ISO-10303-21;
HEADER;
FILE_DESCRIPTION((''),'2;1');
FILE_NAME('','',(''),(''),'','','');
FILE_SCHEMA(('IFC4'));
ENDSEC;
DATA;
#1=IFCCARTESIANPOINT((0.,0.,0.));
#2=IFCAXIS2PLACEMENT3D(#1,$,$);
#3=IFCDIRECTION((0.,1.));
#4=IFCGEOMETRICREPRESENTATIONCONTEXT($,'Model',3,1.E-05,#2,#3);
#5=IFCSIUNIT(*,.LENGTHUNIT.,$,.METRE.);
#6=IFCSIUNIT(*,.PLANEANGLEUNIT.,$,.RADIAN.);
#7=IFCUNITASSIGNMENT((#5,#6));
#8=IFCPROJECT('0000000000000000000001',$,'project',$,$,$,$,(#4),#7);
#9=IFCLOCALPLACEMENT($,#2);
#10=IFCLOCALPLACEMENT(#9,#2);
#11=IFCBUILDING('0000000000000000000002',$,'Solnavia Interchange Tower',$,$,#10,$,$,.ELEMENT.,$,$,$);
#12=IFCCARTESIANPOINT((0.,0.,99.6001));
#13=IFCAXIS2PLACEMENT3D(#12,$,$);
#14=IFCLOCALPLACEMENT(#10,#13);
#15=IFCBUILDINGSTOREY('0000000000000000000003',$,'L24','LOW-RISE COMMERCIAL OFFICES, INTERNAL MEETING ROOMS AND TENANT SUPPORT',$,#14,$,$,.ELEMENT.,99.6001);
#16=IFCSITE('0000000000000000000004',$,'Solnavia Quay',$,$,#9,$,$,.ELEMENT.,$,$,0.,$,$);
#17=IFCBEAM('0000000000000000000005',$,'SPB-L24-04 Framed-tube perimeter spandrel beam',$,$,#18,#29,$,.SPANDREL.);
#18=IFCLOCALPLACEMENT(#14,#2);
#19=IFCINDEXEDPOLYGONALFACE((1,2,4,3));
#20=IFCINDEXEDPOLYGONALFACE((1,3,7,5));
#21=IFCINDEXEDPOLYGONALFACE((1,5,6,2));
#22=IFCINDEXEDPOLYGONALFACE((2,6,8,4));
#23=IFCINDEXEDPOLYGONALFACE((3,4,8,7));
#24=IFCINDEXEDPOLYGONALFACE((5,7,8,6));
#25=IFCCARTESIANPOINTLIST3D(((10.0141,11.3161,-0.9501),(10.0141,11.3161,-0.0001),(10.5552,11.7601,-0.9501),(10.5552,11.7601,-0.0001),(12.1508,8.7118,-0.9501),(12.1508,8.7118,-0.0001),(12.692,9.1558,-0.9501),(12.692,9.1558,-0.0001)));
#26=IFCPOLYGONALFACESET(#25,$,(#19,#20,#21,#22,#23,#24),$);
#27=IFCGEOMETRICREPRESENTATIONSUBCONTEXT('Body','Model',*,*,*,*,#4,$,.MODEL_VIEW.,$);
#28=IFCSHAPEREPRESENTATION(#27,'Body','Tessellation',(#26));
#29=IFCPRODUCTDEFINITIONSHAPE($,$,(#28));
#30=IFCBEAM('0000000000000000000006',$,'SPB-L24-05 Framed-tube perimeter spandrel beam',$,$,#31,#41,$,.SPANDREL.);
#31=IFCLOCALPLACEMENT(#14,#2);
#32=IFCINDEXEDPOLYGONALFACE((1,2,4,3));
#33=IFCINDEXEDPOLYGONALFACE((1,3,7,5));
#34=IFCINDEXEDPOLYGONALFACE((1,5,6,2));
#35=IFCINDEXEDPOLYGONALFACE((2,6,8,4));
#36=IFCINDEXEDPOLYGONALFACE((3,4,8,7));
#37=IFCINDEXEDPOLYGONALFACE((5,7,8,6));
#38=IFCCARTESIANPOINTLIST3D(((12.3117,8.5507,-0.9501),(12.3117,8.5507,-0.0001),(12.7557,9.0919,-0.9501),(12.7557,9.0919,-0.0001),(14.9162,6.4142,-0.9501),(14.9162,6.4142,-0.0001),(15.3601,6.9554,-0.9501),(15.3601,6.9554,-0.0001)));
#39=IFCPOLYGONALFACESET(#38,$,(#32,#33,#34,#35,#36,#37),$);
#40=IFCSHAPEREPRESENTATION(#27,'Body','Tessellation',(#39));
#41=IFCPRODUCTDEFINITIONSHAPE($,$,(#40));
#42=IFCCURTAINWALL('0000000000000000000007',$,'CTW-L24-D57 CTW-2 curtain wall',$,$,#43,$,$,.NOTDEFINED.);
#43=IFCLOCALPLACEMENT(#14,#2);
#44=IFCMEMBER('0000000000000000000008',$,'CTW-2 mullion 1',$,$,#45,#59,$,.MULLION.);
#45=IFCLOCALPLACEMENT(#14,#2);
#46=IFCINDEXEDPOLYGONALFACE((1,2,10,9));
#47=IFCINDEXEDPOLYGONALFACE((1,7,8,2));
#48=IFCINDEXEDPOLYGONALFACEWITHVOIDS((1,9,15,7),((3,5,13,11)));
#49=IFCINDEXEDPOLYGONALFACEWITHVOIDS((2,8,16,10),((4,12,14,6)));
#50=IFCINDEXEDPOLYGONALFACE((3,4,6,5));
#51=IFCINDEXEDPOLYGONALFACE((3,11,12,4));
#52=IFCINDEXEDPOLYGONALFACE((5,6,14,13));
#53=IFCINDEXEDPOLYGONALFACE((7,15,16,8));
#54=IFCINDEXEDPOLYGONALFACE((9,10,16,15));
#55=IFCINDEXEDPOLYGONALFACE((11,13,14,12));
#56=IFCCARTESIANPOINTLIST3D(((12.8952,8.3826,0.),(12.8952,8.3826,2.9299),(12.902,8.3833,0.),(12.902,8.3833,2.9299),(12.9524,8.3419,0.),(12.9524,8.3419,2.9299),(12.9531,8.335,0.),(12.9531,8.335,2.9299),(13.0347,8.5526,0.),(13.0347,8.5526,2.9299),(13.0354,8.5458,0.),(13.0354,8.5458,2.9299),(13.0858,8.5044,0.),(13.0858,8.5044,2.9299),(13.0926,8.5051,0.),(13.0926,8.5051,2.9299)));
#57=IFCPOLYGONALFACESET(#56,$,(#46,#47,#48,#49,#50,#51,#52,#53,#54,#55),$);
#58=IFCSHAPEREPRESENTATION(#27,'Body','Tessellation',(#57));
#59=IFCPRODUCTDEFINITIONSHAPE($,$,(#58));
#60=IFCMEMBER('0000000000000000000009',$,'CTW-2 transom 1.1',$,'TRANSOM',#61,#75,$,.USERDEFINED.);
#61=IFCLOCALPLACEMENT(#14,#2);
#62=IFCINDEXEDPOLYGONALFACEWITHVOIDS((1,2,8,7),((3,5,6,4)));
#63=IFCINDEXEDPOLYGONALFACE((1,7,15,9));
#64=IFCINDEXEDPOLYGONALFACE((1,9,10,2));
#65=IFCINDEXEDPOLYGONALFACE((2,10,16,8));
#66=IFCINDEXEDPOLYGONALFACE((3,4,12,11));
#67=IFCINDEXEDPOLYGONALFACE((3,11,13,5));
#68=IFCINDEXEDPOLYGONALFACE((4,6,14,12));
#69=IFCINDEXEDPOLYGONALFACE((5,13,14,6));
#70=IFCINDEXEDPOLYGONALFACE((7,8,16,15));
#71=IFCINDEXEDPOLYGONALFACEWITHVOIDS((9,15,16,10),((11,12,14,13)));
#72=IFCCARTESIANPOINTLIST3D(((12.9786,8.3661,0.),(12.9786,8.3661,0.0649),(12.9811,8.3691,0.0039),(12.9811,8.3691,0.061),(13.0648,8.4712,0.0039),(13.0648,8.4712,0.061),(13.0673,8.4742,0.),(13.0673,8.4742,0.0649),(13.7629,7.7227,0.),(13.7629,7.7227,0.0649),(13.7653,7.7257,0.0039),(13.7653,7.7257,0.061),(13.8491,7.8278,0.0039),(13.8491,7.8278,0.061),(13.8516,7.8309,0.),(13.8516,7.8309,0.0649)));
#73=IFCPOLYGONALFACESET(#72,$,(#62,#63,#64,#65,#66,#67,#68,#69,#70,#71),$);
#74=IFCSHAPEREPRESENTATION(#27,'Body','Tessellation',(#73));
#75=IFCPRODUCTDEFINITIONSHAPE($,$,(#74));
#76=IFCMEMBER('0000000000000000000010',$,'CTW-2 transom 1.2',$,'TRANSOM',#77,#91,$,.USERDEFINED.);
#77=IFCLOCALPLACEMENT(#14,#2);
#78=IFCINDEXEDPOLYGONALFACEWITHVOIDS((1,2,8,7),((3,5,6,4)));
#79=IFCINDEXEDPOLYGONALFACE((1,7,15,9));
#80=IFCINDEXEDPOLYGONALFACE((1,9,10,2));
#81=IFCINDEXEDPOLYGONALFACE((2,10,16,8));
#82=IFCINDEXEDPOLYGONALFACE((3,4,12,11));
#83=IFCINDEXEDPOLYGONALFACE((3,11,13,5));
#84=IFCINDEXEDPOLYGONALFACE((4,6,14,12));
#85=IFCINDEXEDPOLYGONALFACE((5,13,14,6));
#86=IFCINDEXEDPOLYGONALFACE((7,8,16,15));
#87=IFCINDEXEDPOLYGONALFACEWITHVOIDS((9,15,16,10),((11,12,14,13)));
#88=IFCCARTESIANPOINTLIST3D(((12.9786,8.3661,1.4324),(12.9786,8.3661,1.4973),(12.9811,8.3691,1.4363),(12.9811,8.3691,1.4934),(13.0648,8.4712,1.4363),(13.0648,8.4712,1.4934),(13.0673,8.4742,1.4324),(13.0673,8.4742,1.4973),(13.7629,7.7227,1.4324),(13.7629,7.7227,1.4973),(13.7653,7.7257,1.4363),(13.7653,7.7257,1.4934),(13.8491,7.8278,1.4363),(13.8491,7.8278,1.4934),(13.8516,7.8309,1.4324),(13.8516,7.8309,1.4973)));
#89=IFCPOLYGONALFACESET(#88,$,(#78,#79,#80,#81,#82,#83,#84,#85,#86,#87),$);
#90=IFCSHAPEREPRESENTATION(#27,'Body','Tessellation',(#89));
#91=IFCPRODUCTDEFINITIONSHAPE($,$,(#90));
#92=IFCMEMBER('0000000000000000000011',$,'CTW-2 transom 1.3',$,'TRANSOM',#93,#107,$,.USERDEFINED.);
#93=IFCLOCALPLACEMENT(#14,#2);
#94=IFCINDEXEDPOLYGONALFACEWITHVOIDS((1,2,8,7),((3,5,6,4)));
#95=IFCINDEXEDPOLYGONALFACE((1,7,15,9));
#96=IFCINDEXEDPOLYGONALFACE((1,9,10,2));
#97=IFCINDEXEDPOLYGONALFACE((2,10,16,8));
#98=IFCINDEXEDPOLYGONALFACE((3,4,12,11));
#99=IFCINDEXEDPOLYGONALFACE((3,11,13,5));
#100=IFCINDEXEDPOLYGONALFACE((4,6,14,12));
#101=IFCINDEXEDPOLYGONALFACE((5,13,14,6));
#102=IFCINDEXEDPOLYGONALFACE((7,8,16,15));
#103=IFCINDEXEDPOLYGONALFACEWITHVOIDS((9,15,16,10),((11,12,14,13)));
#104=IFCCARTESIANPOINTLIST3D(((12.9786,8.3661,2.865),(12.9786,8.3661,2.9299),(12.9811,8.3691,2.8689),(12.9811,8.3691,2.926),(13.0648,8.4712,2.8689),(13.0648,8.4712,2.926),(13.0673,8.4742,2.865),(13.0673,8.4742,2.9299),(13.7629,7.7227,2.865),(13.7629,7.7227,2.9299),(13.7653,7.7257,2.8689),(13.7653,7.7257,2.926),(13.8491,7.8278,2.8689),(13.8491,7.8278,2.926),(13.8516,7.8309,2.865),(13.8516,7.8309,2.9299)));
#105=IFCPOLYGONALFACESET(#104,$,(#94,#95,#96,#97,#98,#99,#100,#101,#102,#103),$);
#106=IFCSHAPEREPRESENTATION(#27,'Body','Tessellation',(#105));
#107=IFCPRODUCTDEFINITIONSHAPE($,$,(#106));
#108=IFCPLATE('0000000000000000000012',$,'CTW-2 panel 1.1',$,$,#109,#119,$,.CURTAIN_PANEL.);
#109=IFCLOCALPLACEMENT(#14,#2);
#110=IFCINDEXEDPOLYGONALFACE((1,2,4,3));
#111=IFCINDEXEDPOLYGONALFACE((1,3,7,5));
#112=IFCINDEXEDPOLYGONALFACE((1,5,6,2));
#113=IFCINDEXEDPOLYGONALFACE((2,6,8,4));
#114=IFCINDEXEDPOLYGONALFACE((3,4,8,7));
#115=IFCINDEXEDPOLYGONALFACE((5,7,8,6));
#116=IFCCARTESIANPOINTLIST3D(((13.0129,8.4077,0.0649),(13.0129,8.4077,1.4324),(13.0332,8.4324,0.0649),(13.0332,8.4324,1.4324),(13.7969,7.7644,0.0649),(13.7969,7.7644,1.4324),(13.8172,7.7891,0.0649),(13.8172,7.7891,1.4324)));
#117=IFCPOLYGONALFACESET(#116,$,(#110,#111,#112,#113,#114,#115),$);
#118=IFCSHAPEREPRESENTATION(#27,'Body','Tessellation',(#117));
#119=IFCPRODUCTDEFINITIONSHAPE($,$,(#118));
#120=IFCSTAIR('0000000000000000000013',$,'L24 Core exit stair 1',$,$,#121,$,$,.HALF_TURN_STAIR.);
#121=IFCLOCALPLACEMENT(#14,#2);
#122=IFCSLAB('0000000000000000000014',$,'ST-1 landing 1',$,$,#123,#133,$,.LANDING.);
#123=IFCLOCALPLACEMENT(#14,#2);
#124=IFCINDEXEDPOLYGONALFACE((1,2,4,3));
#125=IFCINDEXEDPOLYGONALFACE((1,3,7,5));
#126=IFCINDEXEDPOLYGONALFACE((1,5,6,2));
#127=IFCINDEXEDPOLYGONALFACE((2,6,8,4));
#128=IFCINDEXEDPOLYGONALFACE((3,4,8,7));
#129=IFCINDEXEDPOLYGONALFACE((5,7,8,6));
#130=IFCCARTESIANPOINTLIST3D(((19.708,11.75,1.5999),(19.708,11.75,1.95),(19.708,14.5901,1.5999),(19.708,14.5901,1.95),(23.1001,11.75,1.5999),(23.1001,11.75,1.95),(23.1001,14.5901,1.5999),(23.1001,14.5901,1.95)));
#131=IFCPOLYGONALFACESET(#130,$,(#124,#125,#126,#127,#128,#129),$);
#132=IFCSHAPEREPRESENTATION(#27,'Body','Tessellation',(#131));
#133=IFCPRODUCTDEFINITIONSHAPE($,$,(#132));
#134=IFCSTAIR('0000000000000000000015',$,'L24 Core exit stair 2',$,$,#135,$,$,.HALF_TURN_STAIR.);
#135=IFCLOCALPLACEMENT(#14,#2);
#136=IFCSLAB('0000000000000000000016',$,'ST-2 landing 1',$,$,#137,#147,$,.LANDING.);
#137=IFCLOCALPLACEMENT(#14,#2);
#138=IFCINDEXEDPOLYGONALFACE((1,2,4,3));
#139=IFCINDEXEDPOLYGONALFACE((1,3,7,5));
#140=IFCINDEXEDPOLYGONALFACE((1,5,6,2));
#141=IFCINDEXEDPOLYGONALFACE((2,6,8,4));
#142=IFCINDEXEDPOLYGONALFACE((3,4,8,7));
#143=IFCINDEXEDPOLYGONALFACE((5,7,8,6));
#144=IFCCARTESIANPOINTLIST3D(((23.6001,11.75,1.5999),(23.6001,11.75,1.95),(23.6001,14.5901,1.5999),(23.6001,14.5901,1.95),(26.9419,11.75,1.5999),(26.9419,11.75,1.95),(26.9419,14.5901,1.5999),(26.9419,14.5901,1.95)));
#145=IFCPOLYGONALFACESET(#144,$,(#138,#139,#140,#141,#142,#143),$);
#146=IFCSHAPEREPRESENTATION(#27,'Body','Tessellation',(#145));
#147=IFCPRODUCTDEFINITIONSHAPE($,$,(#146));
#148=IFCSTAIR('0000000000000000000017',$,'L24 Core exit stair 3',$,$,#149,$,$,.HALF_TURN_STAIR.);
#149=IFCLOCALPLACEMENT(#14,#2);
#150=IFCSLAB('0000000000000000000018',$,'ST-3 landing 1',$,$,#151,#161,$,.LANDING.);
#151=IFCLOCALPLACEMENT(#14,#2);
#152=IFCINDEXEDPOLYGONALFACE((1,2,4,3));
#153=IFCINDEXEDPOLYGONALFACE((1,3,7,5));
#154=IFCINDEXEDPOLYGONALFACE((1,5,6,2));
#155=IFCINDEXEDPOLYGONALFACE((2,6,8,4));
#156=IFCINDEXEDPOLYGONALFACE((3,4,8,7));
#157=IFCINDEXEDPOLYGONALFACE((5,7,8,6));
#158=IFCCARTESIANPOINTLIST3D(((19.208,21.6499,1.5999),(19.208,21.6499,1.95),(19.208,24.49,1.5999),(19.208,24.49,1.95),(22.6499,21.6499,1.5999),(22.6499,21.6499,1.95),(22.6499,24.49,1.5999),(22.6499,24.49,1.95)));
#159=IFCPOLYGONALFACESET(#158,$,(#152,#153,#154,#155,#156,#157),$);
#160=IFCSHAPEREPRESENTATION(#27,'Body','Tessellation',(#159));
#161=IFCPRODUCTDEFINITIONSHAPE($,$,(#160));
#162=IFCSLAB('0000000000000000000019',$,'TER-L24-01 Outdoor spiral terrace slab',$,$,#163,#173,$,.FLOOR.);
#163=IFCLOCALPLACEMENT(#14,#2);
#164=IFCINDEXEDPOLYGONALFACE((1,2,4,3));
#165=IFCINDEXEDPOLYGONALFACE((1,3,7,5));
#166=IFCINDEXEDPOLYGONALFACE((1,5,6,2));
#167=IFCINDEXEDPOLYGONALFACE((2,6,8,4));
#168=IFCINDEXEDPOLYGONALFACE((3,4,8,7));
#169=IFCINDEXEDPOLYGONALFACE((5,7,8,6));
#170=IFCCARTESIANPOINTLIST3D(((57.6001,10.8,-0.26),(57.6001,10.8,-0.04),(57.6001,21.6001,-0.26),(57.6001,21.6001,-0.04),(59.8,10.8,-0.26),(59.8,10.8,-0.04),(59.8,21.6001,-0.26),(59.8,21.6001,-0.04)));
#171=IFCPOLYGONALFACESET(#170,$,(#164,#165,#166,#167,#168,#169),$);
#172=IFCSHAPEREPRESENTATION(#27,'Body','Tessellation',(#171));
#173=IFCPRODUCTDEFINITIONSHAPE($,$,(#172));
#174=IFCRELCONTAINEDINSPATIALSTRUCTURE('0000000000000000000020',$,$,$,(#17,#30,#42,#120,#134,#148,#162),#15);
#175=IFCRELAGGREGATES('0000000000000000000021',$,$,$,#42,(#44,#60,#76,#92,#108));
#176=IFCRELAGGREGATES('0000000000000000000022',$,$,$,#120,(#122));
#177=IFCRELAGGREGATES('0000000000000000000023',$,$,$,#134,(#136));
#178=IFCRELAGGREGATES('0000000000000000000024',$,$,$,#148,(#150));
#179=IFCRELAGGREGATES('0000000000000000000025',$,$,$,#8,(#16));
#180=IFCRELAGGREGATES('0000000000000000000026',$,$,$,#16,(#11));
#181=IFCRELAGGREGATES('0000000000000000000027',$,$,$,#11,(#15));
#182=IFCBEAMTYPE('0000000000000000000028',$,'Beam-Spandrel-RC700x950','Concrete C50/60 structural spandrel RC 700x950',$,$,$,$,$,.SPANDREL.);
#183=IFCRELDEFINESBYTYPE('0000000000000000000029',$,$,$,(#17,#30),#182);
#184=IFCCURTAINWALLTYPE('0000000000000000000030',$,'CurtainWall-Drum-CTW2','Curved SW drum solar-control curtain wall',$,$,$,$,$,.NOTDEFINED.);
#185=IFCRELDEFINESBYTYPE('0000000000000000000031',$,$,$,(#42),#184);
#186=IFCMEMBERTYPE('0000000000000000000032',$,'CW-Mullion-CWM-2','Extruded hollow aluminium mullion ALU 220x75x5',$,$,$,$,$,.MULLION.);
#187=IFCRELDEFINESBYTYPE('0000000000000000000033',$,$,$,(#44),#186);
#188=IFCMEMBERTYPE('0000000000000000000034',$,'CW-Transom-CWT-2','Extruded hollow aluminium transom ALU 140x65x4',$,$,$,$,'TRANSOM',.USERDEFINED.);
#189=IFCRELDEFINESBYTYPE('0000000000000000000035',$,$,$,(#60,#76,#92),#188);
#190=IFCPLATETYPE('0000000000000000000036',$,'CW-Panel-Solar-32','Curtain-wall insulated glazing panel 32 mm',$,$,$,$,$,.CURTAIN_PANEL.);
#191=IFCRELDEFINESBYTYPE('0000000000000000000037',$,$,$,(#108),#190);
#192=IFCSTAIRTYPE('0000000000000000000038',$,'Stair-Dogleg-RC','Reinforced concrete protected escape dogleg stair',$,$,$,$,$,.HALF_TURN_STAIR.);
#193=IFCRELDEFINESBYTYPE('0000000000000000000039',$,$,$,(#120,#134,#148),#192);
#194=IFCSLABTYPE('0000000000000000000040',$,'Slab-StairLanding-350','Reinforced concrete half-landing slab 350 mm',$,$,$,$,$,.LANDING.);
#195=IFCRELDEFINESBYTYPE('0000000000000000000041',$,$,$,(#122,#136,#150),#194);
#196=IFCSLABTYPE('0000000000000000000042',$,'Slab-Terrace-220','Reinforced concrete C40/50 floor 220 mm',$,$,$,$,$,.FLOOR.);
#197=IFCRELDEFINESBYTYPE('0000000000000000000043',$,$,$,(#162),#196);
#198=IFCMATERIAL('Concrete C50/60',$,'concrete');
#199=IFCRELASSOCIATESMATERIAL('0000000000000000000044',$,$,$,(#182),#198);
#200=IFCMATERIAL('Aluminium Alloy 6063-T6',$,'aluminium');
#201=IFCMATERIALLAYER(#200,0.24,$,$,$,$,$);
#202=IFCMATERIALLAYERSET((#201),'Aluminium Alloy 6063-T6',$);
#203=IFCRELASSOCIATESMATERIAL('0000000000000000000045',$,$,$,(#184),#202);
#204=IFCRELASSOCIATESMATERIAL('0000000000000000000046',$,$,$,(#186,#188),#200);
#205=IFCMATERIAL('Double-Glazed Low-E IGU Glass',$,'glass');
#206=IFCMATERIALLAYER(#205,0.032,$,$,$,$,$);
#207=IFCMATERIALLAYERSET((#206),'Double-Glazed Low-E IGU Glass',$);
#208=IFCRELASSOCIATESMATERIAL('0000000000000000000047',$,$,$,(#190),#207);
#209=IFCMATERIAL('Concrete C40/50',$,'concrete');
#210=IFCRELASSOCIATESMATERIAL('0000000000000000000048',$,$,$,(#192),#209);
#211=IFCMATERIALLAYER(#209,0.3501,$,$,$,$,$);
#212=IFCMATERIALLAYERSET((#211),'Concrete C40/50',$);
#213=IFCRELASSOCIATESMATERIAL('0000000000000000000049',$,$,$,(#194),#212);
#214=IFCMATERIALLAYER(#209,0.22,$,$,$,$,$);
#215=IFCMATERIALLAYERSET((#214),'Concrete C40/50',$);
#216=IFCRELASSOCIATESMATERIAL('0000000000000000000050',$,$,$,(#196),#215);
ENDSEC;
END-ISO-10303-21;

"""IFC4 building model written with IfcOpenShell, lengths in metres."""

from ifc_helpers import new_model, si_unit, direction, frame, origin, origin_2d, place, context, subcontext, project, spatial, polyline, rectangle, hollow_rectangle, outline, extrude, material, layer, layer_set, material_profile, profile_set, type_object, element, aggregate, save


model = new_model("IFC4")

# Units and contexts
model_context = context("Model", 3, precision=1e-05, world=origin(), true_north=direction((0.0, 1.0)))
body_context = subcontext(model_context, "Body", "Model", "MODEL_VIEW")
ifc_project = project(units=[si_unit("LENGTHUNIT", "METRE"), si_unit("PLANEANGLEUNIT", "RADIAN")], contexts=[model_context])

# Site, building, storey
site_placement = place(None, origin())
site = spatial("IfcSite", under=ifc_project, at=site_placement, Name="Solnavia Quay", CompositionType="ELEMENT", RefElevation=0.0)
building_placement = place(site_placement, origin())
building = spatial("IfcBuilding", under=site, at=building_placement, Name="Solnavia Interchange Tower", CompositionType="ELEMENT")
storey_placement = place(building_placement, frame((0.0, 0.0, 99.6001)))
storey = spatial("IfcBuildingStorey", under=building, at=storey_placement, Name="L24", Description="LOW-RISE COMMERCIAL OFFICES, INTERNAL MEETING ROOMS AND TENANT SUPPORT", CompositionType="ELEMENT", Elevation=99.6001)

# Beams
ifc_material_1 = material(Name="Concrete C50/60", Category="concrete")
ifc_material_profile_1 = material_profile(ifc_material_1, rectangle(XDim=0.7, YDim=0.95, at=origin_2d()), Name="RC 700x950")
ifc_profile_set_1 = profile_set([ifc_material_profile_1], Name="Concrete C50/60")
beam_type_1 = type_object("IfcBeamType", Name="Beam-Spandrel-RC700x950", Description="Concrete C50/60 structural spandrel RC 700x950", PredefinedType="SPANDREL", material=ifc_profile_set_1)
for number, where, z_axis, x_axis, name in (
    (1, (10.2847, 11.5381, -0.4751), (0.634299, -0.773088, 0.0), (0.773088, 0.634299, 0.0), "SPB-L24-04 Framed-tube perimeter spandrel beam"),
    (2, (12.5337, 8.8213, -0.4751), (0.773153, -0.63422, 0.0), (0.63422, 0.773153, 0.0), "SPB-L24-05 Framed-tube perimeter spandrel beam"),
):
    element("IfcBeam", number, at=place(storey_placement, frame(where, z_axis=z_axis, x_axis=x_axis)), inside=storey, type_object=beam_type_1, Name=name, PredefinedType="SPANDREL", context=body_context, shape_type="SweptSolid", body=[
        extrude(rectangle(XDim=0.7, YDim=0.95, at=origin_2d()), origin(), (0.0, 0.0, 1.0), 3.3687),
    ])

# Curtain wall, members, plate
ifc_material_2 = material(Name="Aluminium Alloy 6063-T6", Category="aluminium")
ifc_layer_1 = layer(ifc_material_2, 0.24)
ifc_layer_set_1 = layer_set([ifc_layer_1], Name="Aluminium Alloy 6063-T6")
curtain_wall_type = type_object("IfcCurtainWallType", Name="CurtainWall-Drum-CTW2", Description="Curved SW drum solar-control curtain wall", PredefinedType="NOTDEFINED", material=ifc_layer_set_1)
curtain_wall_placement = place(storey_placement, origin())
curtain_wall = element("IfcCurtainWall", 3, at=curtain_wall_placement, inside=storey, type_object=curtain_wall_type, Name="CTW-L24-D57 CTW-2 curtain wall", PredefinedType="NOTDEFINED")
ifc_material_profile_2 = material_profile(ifc_material_2, hollow_rectangle(XDim=0.075, YDim=0.22, WallThickness=0.0049, at=origin_2d()), Name="ALU 220x75x5")
ifc_profile_set_2 = profile_set([ifc_material_profile_2], Name="Aluminium Alloy 6063-T6")
member_type_1 = type_object("IfcMemberType", Name="CW-Mullion-CWM-2", Description="Extruded hollow aluminium mullion ALU 220x75x5", PredefinedType="MULLION", material=ifc_profile_set_2)
member_1_placement = place(storey_placement, frame((12.9939, 8.4438, 0.0), z_axis=(0.0, 0.0, 1.0), x_axis=(0.773095, -0.634291, 0.0)))
member_1 = element("IfcMember", 4, at=member_1_placement, type_object=member_type_1, Name="CTW-2 mullion 1", PredefinedType="MULLION", context=body_context, shape_type="SweptSolid", body=[
    extrude(hollow_rectangle(XDim=0.075, YDim=0.22, WallThickness=0.0049, at=origin_2d()), origin(), (0.0, 0.0, 1.0), 2.9299),
])
ifc_material_profile_3 = material_profile(ifc_material_2, hollow_rectangle(XDim=0.0649, YDim=0.1399, WallThickness=0.0039, at=origin_2d()), Name="ALU 140x65x4")
ifc_profile_set_3 = profile_set([ifc_material_profile_3], Name="Aluminium Alloy 6063-T6")
member_type_2 = type_object("IfcMemberType", Name="CW-Transom-CWT-2", Description="Extruded hollow aluminium transom ALU 140x65x4", ElementType="TRANSOM", PredefinedType="USERDEFINED", material=ifc_profile_set_3)
member_2_placement = place(storey_placement, frame((13.0229, 8.4202, 0.0325), z_axis=(0.773131, -0.634247, 0.0), x_axis=(0.0, 0.0, 1.0)))
member_2 = element("IfcMember", 5, at=member_2_placement, type_object=member_type_2, Name="CTW-2 transom 1.1", ObjectType="TRANSOM", PredefinedType="USERDEFINED", context=body_context, shape_type="SweptSolid", body=[
    extrude(hollow_rectangle(XDim=0.0649, YDim=0.1399, WallThickness=0.0039, at=origin_2d()), origin(), (0.0, 0.0, 1.0), 1.0144),
])
member_3_placement = place(storey_placement, frame((13.0229, 8.4202, 1.4648), z_axis=(0.773131, -0.634247, 0.0), x_axis=(0.0, 0.0, 1.0)))
member_3 = element("IfcMember", 6, at=member_3_placement, type_object=member_type_2, Name="CTW-2 transom 1.2", ObjectType="TRANSOM", PredefinedType="USERDEFINED", context=body_context, shape_type="SweptSolid", body=[
    extrude(hollow_rectangle(XDim=0.0649, YDim=0.1399, WallThickness=0.0039, at=origin_2d()), origin(), (0.0, 0.0, 1.0), 1.0144),
])
member_4_placement = place(storey_placement, frame((13.0229, 8.4202, 2.8975), z_axis=(0.773131, -0.634247, 0.0), x_axis=(0.0, 0.0, 1.0)))
member_4 = element("IfcMember", 7, at=member_4_placement, type_object=member_type_2, Name="CTW-2 transom 1.3", ObjectType="TRANSOM", PredefinedType="USERDEFINED", context=body_context, shape_type="SweptSolid", body=[
    extrude(hollow_rectangle(XDim=0.0649, YDim=0.1399, WallThickness=0.0039, at=origin_2d()), origin(), (0.0, 0.0, 1.0), 1.0144),
])
ifc_material_3 = material(Name="Double-Glazed Low-E IGU Glass", Category="glass")
ifc_layer_2 = layer(ifc_material_3, 0.032)
ifc_layer_set_2 = layer_set([ifc_layer_2], Name="Double-Glazed Low-E IGU Glass")
plate_type = type_object("IfcPlateType", Name="CW-Panel-Solar-32", Description="Curtain-wall insulated glazing panel 32 mm", PredefinedType="CURTAIN_PANEL", material=ifc_layer_set_2)
plate_placement = place(storey_placement, frame((13.415, 8.0984, 0.0649), z_axis=(0.0, 0.0, 1.0), x_axis=(0.773095, -0.634291, 0.0)))
plate = element("IfcPlate", 8, at=plate_placement, type_object=plate_type, Name="CTW-2 panel 1.1", PredefinedType="CURTAIN_PANEL", context=body_context, shape_type="SweptSolid", body=[
    extrude(rectangle(XDim=1.0142, YDim=0.032, at=origin_2d()), origin(), (0.0, 0.0, 1.0), 1.3674),
])
aggregate(curtain_wall, [member_1, member_2, member_3, member_4, plate])

# Stairs, slabs
ifc_material_4 = material(Name="Concrete C40/50", Category="concrete")
stair_type = type_object("IfcStairType", Name="Stair-Dogleg-RC", Description="Reinforced concrete protected escape dogleg stair", PredefinedType="HALF_TURN_STAIR", material=ifc_material_4)
stair_1_placement = place(storey_placement, origin())
stair_1 = element("IfcStair", 9, at=stair_1_placement, inside=storey, type_object=stair_type, Name="L24 Core exit stair 1", PredefinedType="HALF_TURN_STAIR")
ifc_layer_3 = layer(ifc_material_4, 0.3501)
ifc_layer_set_3 = layer_set([ifc_layer_3], Name="Concrete C40/50")
slab_type_1 = type_object("IfcSlabType", Name="Slab-StairLanding-350", Description="Reinforced concrete half-landing slab 350 mm", PredefinedType="LANDING", material=ifc_layer_set_3)
slab_1_placement = place(storey_placement, frame((0.0, 0.0, 1.5999)))
slab_1 = element("IfcSlab", 10, at=slab_1_placement, type_object=slab_type_1, Name="ST-1 landing 1", PredefinedType="LANDING", context=body_context, shape_type="SweptSolid", body=[
    extrude(outline(polyline([(19.708, 11.75), (23.1001, 11.75), (23.1001, 14.5901), (19.708, 14.5901), (19.708, 11.75)])), origin(), (0.0, 0.0, 1.0), 0.3501),
])
aggregate(stair_1, [slab_1])
stair_2_placement = place(storey_placement, origin())
stair_2 = element("IfcStair", 11, at=stair_2_placement, inside=storey, type_object=stair_type, Name="L24 Core exit stair 2", PredefinedType="HALF_TURN_STAIR")
slab_2_placement = place(storey_placement, frame((0.0, 0.0, 1.5999)))
slab_2 = element("IfcSlab", 12, at=slab_2_placement, type_object=slab_type_1, Name="ST-2 landing 1", PredefinedType="LANDING", context=body_context, shape_type="SweptSolid", body=[
    extrude(outline(polyline([(23.6001, 11.75), (26.9419, 11.75), (26.9419, 14.5901), (23.6001, 14.5901), (23.6001, 11.75)])), origin(), (0.0, 0.0, 1.0), 0.3501),
])
aggregate(stair_2, [slab_2])
stair_3_placement = place(storey_placement, origin())
stair_3 = element("IfcStair", 13, at=stair_3_placement, inside=storey, type_object=stair_type, Name="L24 Core exit stair 3", PredefinedType="HALF_TURN_STAIR")
slab_3_placement = place(storey_placement, frame((0.0, 0.0, 1.5999)))
slab_3 = element("IfcSlab", 14, at=slab_3_placement, type_object=slab_type_1, Name="ST-3 landing 1", PredefinedType="LANDING", context=body_context, shape_type="SweptSolid", body=[
    extrude(outline(polyline([(19.208, 21.6499), (22.6499, 21.6499), (22.6499, 24.49), (19.208, 24.49), (19.208, 21.6499)])), origin(), (0.0, 0.0, 1.0), 0.3501),
])
aggregate(stair_3, [slab_3])

# Slab
ifc_layer_4 = layer(ifc_material_4, 0.22)
ifc_layer_set_4 = layer_set([ifc_layer_4], Name="Concrete C40/50")
slab_type_2 = type_object("IfcSlabType", Name="Slab-Terrace-220", Description="Reinforced concrete C40/50 floor 220 mm", PredefinedType="FLOOR", material=ifc_layer_set_4)
slab_4_placement = place(storey_placement, frame((0.0, 0.0, -0.26)))
element("IfcSlab", 15, at=slab_4_placement, inside=storey, type_object=slab_type_2, Name="TER-L24-01 Outdoor spiral terrace slab", PredefinedType="FLOOR", context=body_context, shape_type="SweptSolid", body=[
    extrude(outline(polyline([(57.6001, 10.8), (59.8, 10.8), (59.8, 21.6001), (57.6001, 21.6001), (57.6001, 10.8)])), origin(), (0.0, 0.0, 1.0), 0.22),
])

save(model, "model.ifc")
